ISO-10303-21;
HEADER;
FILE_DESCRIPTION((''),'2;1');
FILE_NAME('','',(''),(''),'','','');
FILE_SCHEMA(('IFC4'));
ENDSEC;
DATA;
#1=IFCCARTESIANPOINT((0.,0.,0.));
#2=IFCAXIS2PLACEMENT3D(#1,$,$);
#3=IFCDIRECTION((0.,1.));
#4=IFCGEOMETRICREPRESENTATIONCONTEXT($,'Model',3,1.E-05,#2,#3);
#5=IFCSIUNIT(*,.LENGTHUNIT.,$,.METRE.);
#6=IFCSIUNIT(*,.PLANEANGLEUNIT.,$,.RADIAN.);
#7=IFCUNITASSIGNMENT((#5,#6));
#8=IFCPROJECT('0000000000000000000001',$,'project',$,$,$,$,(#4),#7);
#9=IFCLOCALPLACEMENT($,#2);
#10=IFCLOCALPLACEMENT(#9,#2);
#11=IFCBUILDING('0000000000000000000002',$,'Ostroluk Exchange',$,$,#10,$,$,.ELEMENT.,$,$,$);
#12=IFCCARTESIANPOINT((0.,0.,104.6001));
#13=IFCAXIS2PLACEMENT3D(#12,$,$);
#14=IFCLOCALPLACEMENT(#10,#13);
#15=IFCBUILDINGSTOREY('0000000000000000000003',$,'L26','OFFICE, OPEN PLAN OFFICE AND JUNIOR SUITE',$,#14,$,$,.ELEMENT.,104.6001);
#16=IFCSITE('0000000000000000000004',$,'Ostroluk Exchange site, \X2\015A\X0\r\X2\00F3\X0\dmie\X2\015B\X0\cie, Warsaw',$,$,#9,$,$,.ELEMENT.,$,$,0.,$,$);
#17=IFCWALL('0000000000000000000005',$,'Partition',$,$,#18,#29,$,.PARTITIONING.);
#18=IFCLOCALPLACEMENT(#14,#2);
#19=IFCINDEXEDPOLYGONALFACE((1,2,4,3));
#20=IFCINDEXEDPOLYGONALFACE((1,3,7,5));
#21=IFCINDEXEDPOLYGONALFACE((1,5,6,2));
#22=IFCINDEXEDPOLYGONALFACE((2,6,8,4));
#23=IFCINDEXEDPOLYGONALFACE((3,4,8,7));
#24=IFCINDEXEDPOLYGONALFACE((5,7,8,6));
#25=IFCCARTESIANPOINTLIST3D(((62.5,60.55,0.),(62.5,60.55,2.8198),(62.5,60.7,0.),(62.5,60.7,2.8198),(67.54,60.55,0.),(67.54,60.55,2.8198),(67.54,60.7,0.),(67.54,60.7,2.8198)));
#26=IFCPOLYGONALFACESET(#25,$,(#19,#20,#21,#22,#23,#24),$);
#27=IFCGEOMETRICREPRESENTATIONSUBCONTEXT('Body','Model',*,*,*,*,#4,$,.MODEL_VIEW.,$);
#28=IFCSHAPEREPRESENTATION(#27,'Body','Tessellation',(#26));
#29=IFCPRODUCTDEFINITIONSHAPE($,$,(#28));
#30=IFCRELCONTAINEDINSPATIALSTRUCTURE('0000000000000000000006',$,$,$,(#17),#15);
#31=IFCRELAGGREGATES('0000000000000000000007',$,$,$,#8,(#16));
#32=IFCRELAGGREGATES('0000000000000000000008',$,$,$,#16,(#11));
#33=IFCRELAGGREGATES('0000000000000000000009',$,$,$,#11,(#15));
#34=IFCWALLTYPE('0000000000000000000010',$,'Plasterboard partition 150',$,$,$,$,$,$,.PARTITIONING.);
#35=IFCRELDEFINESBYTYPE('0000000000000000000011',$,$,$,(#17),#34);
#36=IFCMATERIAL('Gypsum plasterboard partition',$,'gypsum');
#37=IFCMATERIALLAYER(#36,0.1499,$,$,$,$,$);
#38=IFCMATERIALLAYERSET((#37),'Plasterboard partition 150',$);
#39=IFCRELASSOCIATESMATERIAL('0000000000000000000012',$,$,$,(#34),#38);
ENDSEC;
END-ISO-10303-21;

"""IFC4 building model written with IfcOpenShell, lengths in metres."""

from ifc_helpers import new_model, si_unit, direction, frame, frame_2d, origin, place, context, subcontext, project, spatial, rectangle, extrude, material, layer, layer_set, type_object, element, save


model = new_model("IFC4")

# Units and contexts
model_context = context("Model", 3, precision=1e-05, world=origin(), true_north=direction((0.0, 1.0)))
body_context = subcontext(model_context, "Body", "Model", "MODEL_VIEW")
ifc_project = project(units=[si_unit("LENGTHUNIT", "METRE"), si_unit("PLANEANGLEUNIT", "RADIAN")], contexts=[model_context])

# Site, building, storey
site_placement = place(None, origin())
site = spatial("IfcSite", under=ifc_project, at=site_placement, Name="Ostroluk Exchange site, Śródmieście, Warsaw", CompositionType="ELEMENT", RefElevation=0.0)
building_placement = place(site_placement, origin())
building = spatial("IfcBuilding", under=site, at=building_placement, Name="Ostroluk Exchange", CompositionType="ELEMENT")
storey_placement = place(building_placement, frame((0.0, 0.0, 104.6001)))
storey = spatial("IfcBuildingStorey", under=building, at=storey_placement, Name="L26", Description="OFFICE, OPEN PLAN OFFICE AND JUNIOR SUITE", CompositionType="ELEMENT", Elevation=104.6001)

# Shared definitions
ifc_material_1 = material(Name="Gypsum plasterboard partition", Category="gypsum")
ifc_layer_1 = layer(ifc_material_1, 0.1499)
ifc_layer_set_1 = layer_set([ifc_layer_1], Name="Plasterboard partition 150")
wall_type_1 = type_object("IfcWallType", Name="Plasterboard partition 150", PredefinedType="PARTITIONING", material=ifc_layer_set_1)

# Wall
wall_1_placement = place(storey_placement, frame((62.5, 60.625, 0.0), z_axis=(0.0, 0.0, 1.0), x_axis=(1.0, 0.0, 0.0)))
element("IfcWall", 1, at=wall_1_placement, inside=storey, type_object=wall_type_1, Name="Partition", PredefinedType="PARTITIONING", context=body_context, shape_type="SweptSolid", body=[
    extrude(rectangle(XDim=5.04, YDim=0.1499, at=frame_2d((2.52, 0.0))), origin(), (0.0, 0.0, 1.0), 2.8198),
])

save(model, "model.ifc")
